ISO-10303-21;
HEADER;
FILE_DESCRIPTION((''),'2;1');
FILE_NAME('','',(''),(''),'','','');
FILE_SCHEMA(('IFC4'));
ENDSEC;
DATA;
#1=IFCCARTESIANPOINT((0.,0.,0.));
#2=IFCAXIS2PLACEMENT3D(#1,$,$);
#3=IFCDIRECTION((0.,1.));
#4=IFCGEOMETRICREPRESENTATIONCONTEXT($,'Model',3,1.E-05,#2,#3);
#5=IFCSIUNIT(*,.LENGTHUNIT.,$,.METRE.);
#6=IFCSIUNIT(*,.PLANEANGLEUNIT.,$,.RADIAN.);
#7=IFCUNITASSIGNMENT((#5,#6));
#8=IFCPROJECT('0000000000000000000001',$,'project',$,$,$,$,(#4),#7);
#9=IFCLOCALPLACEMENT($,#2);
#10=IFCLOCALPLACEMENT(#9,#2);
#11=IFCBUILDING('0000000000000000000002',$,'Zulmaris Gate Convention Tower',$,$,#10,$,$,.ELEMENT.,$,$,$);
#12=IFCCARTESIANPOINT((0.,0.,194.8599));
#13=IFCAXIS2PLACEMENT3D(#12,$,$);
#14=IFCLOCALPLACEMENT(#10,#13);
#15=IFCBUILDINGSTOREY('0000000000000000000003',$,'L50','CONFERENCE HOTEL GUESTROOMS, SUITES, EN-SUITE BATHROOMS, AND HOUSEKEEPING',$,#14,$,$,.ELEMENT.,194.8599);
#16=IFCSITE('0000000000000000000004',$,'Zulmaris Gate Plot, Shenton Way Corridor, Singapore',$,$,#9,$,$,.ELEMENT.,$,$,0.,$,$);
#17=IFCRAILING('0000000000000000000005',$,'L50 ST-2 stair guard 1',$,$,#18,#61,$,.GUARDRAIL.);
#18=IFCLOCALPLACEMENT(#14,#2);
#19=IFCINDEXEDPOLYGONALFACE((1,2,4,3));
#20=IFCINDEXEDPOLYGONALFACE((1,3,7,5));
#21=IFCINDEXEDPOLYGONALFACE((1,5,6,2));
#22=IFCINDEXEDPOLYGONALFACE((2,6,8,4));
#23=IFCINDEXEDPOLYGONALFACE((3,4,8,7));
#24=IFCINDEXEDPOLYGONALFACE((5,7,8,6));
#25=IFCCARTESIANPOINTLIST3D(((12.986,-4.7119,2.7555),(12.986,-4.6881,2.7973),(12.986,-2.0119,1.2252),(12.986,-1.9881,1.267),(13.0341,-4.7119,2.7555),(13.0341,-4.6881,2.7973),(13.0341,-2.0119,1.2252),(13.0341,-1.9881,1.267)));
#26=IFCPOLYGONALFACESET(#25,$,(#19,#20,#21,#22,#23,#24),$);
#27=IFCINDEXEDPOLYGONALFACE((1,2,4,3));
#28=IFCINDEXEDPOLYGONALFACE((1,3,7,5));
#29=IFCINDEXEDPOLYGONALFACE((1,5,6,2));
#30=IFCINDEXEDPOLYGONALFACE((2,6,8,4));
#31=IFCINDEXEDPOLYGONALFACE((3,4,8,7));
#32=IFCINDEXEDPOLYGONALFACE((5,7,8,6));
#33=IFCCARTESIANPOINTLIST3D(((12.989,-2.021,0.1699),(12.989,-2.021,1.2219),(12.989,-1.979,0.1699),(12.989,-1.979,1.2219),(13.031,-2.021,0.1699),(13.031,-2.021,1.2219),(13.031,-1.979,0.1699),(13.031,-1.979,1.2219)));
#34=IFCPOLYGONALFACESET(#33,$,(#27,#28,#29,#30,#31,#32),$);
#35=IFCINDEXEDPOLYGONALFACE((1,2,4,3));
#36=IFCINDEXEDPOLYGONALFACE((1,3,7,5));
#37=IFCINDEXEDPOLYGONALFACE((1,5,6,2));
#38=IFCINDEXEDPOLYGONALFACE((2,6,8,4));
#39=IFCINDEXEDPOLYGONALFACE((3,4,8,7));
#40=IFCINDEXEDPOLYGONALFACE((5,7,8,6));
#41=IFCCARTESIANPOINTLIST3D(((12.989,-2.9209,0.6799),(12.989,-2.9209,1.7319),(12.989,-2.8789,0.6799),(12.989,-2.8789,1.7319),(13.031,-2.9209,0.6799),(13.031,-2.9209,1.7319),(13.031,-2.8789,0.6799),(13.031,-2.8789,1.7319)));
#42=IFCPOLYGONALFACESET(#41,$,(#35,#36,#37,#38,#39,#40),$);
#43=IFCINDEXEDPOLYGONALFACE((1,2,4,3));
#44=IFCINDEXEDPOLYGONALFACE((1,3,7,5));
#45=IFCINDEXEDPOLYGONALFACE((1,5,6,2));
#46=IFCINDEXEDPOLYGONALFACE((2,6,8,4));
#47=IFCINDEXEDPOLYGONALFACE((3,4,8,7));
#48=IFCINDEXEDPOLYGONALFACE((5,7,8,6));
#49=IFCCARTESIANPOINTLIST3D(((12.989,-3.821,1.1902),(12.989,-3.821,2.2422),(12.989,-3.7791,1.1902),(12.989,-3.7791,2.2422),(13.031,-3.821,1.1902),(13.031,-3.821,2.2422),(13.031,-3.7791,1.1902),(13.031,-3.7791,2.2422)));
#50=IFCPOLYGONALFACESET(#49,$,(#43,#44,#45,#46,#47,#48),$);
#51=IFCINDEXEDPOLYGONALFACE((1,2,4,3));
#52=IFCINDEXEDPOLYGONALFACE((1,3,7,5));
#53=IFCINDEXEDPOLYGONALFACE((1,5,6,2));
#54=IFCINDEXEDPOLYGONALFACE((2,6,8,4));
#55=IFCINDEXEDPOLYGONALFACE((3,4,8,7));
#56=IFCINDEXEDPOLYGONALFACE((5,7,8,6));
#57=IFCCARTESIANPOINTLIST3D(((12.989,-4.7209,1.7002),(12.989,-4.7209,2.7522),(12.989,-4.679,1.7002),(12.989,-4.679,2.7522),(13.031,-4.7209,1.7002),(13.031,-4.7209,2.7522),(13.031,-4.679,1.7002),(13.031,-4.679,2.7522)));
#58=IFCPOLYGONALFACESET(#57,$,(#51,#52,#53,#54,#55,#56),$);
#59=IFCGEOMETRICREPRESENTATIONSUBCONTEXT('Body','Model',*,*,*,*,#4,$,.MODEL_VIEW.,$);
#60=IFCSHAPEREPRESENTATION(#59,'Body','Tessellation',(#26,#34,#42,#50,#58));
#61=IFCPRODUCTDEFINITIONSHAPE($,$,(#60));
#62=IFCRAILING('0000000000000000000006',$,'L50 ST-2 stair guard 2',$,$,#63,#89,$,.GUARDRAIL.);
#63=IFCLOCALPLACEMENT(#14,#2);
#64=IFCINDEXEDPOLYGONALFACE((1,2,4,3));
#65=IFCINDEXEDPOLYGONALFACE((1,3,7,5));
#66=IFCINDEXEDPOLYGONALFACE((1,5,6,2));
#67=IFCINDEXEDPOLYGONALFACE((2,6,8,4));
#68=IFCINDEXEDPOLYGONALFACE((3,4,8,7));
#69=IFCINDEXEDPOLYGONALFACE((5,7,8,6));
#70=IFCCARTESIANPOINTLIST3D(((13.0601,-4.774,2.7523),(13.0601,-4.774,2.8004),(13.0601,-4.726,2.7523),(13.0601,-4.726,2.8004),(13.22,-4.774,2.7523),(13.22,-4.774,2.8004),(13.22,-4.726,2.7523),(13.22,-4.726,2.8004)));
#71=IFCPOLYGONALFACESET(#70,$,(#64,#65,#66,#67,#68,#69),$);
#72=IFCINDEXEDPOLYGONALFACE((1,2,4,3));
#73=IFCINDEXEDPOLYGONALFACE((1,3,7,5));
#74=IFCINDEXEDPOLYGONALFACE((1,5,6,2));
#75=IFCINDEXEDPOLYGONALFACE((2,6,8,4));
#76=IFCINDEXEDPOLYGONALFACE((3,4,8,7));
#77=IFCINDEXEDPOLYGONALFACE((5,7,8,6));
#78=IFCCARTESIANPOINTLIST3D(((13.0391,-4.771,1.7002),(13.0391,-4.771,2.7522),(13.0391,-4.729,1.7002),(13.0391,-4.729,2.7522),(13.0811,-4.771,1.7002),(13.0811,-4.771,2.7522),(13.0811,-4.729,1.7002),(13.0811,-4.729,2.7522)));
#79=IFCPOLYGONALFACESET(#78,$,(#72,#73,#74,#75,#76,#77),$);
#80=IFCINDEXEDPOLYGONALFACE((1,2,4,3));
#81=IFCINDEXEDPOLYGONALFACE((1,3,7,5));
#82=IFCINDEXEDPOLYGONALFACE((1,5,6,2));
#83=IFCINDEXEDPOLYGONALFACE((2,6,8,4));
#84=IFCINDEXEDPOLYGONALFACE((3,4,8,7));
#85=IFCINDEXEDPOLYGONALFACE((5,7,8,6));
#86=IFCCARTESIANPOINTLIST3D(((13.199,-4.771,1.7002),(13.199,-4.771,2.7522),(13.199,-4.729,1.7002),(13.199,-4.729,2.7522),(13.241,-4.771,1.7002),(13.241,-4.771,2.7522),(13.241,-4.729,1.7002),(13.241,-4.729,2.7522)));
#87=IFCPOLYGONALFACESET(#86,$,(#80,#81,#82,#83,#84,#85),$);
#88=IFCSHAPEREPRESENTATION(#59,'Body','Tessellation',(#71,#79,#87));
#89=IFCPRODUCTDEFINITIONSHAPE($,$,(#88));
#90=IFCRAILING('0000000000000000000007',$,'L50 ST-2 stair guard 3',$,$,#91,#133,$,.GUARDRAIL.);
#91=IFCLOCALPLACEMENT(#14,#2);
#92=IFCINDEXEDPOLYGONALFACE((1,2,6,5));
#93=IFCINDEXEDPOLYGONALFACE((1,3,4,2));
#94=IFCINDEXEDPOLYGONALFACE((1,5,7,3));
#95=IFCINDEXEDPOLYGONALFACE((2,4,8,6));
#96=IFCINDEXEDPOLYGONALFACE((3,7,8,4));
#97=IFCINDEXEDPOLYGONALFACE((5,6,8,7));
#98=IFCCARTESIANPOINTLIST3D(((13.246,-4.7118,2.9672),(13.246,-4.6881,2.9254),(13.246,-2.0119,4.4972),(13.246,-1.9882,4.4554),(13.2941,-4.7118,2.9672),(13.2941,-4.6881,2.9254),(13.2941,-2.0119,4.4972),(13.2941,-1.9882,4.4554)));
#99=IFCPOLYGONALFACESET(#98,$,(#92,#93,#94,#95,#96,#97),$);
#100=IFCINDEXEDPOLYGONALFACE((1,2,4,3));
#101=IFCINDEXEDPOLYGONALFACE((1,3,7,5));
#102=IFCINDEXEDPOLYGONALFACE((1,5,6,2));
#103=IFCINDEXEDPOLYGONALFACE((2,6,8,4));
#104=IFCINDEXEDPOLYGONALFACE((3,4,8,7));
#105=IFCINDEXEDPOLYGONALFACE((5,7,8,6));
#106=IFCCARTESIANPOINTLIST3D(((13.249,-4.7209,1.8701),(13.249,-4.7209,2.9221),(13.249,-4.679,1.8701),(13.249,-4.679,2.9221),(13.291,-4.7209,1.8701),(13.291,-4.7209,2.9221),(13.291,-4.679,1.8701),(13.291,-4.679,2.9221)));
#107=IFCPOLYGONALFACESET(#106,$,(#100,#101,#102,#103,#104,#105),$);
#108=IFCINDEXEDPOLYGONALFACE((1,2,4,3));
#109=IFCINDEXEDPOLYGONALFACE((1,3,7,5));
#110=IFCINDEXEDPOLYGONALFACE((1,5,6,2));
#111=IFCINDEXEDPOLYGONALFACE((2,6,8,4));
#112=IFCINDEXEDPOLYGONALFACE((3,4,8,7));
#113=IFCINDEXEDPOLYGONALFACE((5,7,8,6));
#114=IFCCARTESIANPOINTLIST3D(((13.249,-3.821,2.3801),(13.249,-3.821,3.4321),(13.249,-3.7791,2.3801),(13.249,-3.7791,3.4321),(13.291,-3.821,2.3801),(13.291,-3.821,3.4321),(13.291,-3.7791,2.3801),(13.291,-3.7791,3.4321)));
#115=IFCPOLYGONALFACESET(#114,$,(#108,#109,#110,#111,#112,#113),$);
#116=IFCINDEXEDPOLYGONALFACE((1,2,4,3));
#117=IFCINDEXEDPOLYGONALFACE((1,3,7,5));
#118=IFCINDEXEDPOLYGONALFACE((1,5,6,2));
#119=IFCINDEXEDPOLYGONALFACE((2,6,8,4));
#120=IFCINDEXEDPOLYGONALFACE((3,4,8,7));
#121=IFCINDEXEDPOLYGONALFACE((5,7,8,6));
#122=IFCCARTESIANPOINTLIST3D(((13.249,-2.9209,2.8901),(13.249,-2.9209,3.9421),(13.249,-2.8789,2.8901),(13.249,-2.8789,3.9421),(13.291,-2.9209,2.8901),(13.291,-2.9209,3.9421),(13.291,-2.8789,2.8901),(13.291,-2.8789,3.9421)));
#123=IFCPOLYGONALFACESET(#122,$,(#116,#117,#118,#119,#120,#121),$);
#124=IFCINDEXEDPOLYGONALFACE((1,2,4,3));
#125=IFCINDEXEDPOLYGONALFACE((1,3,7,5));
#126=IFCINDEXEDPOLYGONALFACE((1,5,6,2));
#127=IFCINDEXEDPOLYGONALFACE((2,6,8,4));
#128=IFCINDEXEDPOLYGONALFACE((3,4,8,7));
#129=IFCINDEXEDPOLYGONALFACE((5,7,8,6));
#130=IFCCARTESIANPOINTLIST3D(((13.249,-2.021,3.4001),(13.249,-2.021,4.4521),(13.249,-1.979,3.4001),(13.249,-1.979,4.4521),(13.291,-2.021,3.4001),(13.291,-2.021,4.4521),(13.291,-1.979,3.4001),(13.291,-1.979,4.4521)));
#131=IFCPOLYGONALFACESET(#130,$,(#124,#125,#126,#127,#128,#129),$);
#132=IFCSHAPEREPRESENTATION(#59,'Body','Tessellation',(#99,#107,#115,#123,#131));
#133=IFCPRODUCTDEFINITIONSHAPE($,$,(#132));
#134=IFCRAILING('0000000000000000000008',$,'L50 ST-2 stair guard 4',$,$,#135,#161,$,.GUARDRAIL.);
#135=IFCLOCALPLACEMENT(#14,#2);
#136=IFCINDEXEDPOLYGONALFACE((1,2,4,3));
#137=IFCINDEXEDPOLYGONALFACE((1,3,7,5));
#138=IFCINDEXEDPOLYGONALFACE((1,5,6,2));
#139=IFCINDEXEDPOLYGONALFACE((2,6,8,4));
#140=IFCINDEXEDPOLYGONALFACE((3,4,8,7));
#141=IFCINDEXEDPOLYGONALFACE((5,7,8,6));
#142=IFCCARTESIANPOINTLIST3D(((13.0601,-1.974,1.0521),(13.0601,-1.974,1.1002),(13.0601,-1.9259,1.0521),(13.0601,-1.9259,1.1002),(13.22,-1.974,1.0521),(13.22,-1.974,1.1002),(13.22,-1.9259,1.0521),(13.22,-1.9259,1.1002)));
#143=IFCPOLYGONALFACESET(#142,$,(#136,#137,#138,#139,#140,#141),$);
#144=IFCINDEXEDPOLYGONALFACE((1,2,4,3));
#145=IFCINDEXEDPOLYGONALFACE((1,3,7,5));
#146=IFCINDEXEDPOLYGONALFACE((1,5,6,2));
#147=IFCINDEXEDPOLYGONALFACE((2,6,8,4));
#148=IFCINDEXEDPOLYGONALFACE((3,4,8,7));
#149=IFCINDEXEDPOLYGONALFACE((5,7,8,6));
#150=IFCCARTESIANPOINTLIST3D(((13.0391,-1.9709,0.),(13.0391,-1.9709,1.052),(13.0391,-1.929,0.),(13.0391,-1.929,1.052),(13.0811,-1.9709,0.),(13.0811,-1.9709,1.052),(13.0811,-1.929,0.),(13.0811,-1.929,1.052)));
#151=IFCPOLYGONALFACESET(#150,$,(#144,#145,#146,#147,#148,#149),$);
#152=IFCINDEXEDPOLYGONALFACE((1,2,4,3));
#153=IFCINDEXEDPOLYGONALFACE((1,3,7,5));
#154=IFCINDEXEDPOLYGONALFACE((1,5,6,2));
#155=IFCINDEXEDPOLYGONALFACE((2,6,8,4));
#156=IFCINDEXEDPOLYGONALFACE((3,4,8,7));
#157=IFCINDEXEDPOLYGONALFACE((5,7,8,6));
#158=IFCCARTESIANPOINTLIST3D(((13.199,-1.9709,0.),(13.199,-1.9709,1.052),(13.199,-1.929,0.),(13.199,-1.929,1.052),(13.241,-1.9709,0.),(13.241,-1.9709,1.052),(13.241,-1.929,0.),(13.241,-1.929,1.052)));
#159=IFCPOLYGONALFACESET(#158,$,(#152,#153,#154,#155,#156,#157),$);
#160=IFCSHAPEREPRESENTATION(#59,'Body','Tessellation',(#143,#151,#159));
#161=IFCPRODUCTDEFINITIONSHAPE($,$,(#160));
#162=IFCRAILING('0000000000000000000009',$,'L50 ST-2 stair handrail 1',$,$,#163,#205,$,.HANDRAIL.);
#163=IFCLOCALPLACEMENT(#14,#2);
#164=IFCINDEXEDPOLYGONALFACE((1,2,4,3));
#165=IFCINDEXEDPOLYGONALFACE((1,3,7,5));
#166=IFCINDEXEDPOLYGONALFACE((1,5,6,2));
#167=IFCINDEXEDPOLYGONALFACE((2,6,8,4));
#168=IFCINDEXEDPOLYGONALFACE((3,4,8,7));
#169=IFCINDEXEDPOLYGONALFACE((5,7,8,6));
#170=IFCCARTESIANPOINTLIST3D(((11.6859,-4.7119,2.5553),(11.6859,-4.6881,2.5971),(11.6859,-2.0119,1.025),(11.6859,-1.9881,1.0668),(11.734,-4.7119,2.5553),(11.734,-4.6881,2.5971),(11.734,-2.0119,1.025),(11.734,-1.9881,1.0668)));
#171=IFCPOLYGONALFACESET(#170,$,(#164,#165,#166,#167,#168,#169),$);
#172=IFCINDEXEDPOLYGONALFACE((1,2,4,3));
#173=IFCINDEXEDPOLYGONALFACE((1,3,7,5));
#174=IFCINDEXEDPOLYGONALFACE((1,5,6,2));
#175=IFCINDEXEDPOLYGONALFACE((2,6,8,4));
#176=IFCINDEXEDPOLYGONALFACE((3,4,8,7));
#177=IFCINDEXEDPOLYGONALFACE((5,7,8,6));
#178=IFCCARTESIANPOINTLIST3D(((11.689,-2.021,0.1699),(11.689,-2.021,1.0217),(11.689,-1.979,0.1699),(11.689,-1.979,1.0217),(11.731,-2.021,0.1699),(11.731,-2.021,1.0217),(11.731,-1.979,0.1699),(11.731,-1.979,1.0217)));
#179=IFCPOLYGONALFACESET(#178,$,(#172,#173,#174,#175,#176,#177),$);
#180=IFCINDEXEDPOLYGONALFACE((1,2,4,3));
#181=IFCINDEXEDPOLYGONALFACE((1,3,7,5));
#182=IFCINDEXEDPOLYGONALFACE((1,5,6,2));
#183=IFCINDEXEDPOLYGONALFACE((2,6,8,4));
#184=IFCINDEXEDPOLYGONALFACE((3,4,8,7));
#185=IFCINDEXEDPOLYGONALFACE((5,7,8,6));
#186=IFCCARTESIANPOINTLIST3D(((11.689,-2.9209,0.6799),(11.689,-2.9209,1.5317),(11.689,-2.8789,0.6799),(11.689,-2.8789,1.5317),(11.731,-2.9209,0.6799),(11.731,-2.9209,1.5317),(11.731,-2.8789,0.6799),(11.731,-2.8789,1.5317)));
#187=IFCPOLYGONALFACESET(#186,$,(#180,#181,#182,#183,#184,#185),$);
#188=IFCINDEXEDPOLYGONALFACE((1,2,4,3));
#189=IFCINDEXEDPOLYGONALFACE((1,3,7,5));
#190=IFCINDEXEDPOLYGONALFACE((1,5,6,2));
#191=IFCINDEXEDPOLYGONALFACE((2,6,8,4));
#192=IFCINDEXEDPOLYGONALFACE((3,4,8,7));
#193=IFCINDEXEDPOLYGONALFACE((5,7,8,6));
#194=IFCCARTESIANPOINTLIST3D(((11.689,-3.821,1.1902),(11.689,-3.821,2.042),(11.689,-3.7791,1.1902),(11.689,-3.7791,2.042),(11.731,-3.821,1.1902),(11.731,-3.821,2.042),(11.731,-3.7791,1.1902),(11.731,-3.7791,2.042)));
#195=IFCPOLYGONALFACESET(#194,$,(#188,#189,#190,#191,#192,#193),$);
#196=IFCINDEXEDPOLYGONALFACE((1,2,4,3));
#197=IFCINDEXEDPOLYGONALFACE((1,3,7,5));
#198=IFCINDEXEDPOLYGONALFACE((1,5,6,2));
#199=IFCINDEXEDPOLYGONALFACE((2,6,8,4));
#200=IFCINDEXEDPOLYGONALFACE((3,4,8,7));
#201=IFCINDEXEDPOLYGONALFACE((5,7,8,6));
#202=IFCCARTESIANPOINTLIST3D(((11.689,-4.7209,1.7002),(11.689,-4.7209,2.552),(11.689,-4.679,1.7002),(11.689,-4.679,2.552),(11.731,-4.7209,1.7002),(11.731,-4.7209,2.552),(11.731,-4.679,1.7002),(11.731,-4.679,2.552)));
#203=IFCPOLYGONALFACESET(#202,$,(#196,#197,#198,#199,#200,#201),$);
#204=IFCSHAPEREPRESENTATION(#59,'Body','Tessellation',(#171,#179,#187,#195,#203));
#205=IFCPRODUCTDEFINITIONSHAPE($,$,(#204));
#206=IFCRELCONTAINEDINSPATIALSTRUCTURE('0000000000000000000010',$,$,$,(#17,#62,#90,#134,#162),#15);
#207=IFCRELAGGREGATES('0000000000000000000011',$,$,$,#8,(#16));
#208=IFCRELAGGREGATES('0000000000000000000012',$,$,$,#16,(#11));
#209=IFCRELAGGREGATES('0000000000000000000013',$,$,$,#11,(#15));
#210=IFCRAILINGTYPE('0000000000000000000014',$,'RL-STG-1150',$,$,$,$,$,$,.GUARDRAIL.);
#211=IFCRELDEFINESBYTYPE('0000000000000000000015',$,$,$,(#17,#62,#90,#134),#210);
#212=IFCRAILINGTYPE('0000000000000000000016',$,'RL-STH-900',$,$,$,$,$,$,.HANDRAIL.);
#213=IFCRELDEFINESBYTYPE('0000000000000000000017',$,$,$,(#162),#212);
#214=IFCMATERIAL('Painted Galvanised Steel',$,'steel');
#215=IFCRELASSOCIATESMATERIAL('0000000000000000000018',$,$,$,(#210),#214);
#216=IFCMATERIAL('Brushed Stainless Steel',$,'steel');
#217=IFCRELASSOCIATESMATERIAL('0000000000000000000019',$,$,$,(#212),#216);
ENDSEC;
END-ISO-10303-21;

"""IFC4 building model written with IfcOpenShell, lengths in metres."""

from ifc_helpers import new_model, si_unit, direction, frame, origin, origin_2d, place, context, subcontext, project, spatial, rectangle, extrude, material, type_object, element, save


model = new_model("IFC4")

# Units and contexts
model_context = context("Model", 3, precision=1e-05, world=origin(), true_north=direction((0.0, 1.0)))
body_context = subcontext(model_context, "Body", "Model", "MODEL_VIEW")
ifc_project = project(units=[si_unit("LENGTHUNIT", "METRE"), si_unit("PLANEANGLEUNIT", "RADIAN")], contexts=[model_context])

# Site, building, storey
site_placement = place(None, origin())
site = spatial("IfcSite", under=ifc_project, at=site_placement, Name="Zulmaris Gate Plot, Shenton Way Corridor, Singapore", CompositionType="ELEMENT", RefElevation=0.0)
building_placement = place(site_placement, origin())
building = spatial("IfcBuilding", under=site, at=building_placement, Name="Zulmaris Gate Convention Tower", CompositionType="ELEMENT")
storey_placement = place(building_placement, frame((0.0, 0.0, 194.8599)))
storey = spatial("IfcBuildingStorey", under=building, at=storey_placement, Name="L50", Description="CONFERENCE HOTEL GUESTROOMS, SUITES, EN-SUITE BATHROOMS, AND HOUSEKEEPING", CompositionType="ELEMENT", Elevation=194.8599)

# Railings
ifc_material_1 = material(Name="Painted Galvanised Steel", Category="steel")
railing_type_1 = type_object("IfcRailingType", Name="RL-STG-1150", PredefinedType="GUARDRAIL", material=ifc_material_1)
railing_1_placement = place(storey_placement, frame((13.01, -2.0, 0.1699)))
element("IfcRailing", 1, at=railing_1_placement, inside=storey, type_object=railing_type_1, Name="L50 ST-2 stair guard 1", PredefinedType="GUARDRAIL", context=body_context, shape_type="SweptSolid", body=[
    extrude(rectangle(XDim=0.0481, YDim=0.0481, at=origin_2d()), frame((0.0, 0.0, 1.0762), z_axis=(0.0, -0.869981, 0.493086), x_axis=(1.0, 0.0, 0.0)), (0.0, 0.0, 1.0), 3.1035),
    extrude(rectangle(XDim=0.042, YDim=0.042, at=origin_2d()), origin(), (0.0, 0.0, 1.0), 1.052),
    extrude(rectangle(XDim=0.042, YDim=0.042, at=origin_2d()), frame((0.0, -0.8999, 0.51)), (0.0, 0.0, 1.0), 1.052),
    extrude(rectangle(XDim=0.042, YDim=0.042, at=origin_2d()), frame((0.0, -1.8, 1.0203)), (0.0, 0.0, 1.0), 1.052),
    extrude(rectangle(XDim=0.042, YDim=0.042, at=origin_2d()), frame((0.0, -2.7, 1.5303)), (0.0, 0.0, 1.0), 1.052),
])
railing_2_placement = place(storey_placement, frame((13.0601, -4.75, 1.7002)))
element("IfcRailing", 2, at=railing_2_placement, inside=storey, type_object=railing_type_1, Name="L50 ST-2 stair guard 2", PredefinedType="GUARDRAIL", context=body_context, shape_type="SweptSolid", body=[
    extrude(rectangle(XDim=0.0481, YDim=0.0481, at=origin_2d()), frame((0.0, 0.0, 1.0762), z_axis=(1.0, 0.0, 0.0), x_axis=(0.0, 1.0, 0.0)), (0.0, 0.0, 1.0), 0.1599),
    extrude(rectangle(XDim=0.042, YDim=0.042, at=origin_2d()), origin(), (0.0, 0.0, 1.0), 1.052),
    extrude(rectangle(XDim=0.042, YDim=0.042, at=origin_2d()), frame((0.1599, 0.0, 0.0)), (0.0, 0.0, 1.0), 1.052),
])
railing_3_placement = place(storey_placement, frame((13.27, -4.7, 1.8701)))
element("IfcRailing", 3, at=railing_3_placement, inside=storey, type_object=railing_type_1, Name="L50 ST-2 stair guard 3", PredefinedType="GUARDRAIL", context=body_context, shape_type="SweptSolid", body=[
    extrude(rectangle(XDim=0.0481, YDim=0.0481, at=origin_2d()), frame((0.0, 0.0, 1.0762), z_axis=(0.0, 0.870014, 0.493026), x_axis=(-1.0, 0.0, 0.0)), (0.0, 0.0, 1.0), 3.1033),
    extrude(rectangle(XDim=0.042, YDim=0.042, at=origin_2d()), origin(), (0.0, 0.0, 1.0), 1.052),
    extrude(rectangle(XDim=0.042, YDim=0.042, at=origin_2d()), frame((0.0, 0.8999, 0.51)), (0.0, 0.0, 1.0), 1.052),
    extrude(rectangle(XDim=0.042, YDim=0.042, at=origin_2d()), frame((0.0, 1.8, 1.02)), (0.0, 0.0, 1.0), 1.052),
    extrude(rectangle(XDim=0.042, YDim=0.042, at=origin_2d()), frame((0.0, 2.7, 1.53)), (0.0, 0.0, 1.0), 1.052),
])
railing_4_placement = place(storey_placement, frame((13.0601, -1.95, 0.0)))
element("IfcRailing", 4, at=railing_4_placement, inside=storey, type_object=railing_type_1, Name="L50 ST-2 stair guard 4", PredefinedType="GUARDRAIL", context=body_context, shape_type="SweptSolid", body=[
    extrude(rectangle(XDim=0.0481, YDim=0.0481, at=origin_2d()), frame((0.0, 0.0, 1.0762), z_axis=(1.0, 0.0, 0.0), x_axis=(0.0, 1.0, 0.0)), (0.0, 0.0, 1.0), 0.1599),
    extrude(rectangle(XDim=0.042, YDim=0.042, at=origin_2d()), origin(), (0.0, 0.0, 1.0), 1.052),
    extrude(rectangle(XDim=0.042, YDim=0.042, at=origin_2d()), frame((0.1599, 0.0, 0.0)), (0.0, 0.0, 1.0), 1.052),
])
ifc_material_2 = material(Name="Brushed Stainless Steel", Category="steel")
railing_type_2 = type_object("IfcRailingType", Name="RL-STH-900", PredefinedType="HANDRAIL", material=ifc_material_2)
railing_5_placement = place(storey_placement, frame((11.71, -2.0, 0.1699)))
element("IfcRailing", 5, at=railing_5_placement, inside=storey, type_object=railing_type_2, Name="L50 ST-2 stair handrail 1", PredefinedType="HANDRAIL", context=body_context, shape_type="SweptSolid", body=[
    extrude(rectangle(XDim=0.0481, YDim=0.0481, at=origin_2d()), frame((0.0, 0.0, 0.876), z_axis=(0.0, -0.869981, 0.493086), x_axis=(1.0, 0.0, 0.0)), (0.0, 0.0, 1.0), 3.1035),
    extrude(rectangle(XDim=0.042, YDim=0.042, at=origin_2d()), origin(), (0.0, 0.0, 1.0), 0.8518),
    extrude(rectangle(XDim=0.042, YDim=0.042, at=origin_2d()), frame((0.0, -0.8999, 0.51)), (0.0, 0.0, 1.0), 0.8518),
    extrude(rectangle(XDim=0.042, YDim=0.042, at=origin_2d()), frame((0.0, -1.8, 1.0203)), (0.0, 0.0, 1.0), 0.8518),
    extrude(rectangle(XDim=0.042, YDim=0.042, at=origin_2d()), frame((0.0, -2.7, 1.5303)), (0.0, 0.0, 1.0), 0.8518),
])

save(model, "model.ifc")
